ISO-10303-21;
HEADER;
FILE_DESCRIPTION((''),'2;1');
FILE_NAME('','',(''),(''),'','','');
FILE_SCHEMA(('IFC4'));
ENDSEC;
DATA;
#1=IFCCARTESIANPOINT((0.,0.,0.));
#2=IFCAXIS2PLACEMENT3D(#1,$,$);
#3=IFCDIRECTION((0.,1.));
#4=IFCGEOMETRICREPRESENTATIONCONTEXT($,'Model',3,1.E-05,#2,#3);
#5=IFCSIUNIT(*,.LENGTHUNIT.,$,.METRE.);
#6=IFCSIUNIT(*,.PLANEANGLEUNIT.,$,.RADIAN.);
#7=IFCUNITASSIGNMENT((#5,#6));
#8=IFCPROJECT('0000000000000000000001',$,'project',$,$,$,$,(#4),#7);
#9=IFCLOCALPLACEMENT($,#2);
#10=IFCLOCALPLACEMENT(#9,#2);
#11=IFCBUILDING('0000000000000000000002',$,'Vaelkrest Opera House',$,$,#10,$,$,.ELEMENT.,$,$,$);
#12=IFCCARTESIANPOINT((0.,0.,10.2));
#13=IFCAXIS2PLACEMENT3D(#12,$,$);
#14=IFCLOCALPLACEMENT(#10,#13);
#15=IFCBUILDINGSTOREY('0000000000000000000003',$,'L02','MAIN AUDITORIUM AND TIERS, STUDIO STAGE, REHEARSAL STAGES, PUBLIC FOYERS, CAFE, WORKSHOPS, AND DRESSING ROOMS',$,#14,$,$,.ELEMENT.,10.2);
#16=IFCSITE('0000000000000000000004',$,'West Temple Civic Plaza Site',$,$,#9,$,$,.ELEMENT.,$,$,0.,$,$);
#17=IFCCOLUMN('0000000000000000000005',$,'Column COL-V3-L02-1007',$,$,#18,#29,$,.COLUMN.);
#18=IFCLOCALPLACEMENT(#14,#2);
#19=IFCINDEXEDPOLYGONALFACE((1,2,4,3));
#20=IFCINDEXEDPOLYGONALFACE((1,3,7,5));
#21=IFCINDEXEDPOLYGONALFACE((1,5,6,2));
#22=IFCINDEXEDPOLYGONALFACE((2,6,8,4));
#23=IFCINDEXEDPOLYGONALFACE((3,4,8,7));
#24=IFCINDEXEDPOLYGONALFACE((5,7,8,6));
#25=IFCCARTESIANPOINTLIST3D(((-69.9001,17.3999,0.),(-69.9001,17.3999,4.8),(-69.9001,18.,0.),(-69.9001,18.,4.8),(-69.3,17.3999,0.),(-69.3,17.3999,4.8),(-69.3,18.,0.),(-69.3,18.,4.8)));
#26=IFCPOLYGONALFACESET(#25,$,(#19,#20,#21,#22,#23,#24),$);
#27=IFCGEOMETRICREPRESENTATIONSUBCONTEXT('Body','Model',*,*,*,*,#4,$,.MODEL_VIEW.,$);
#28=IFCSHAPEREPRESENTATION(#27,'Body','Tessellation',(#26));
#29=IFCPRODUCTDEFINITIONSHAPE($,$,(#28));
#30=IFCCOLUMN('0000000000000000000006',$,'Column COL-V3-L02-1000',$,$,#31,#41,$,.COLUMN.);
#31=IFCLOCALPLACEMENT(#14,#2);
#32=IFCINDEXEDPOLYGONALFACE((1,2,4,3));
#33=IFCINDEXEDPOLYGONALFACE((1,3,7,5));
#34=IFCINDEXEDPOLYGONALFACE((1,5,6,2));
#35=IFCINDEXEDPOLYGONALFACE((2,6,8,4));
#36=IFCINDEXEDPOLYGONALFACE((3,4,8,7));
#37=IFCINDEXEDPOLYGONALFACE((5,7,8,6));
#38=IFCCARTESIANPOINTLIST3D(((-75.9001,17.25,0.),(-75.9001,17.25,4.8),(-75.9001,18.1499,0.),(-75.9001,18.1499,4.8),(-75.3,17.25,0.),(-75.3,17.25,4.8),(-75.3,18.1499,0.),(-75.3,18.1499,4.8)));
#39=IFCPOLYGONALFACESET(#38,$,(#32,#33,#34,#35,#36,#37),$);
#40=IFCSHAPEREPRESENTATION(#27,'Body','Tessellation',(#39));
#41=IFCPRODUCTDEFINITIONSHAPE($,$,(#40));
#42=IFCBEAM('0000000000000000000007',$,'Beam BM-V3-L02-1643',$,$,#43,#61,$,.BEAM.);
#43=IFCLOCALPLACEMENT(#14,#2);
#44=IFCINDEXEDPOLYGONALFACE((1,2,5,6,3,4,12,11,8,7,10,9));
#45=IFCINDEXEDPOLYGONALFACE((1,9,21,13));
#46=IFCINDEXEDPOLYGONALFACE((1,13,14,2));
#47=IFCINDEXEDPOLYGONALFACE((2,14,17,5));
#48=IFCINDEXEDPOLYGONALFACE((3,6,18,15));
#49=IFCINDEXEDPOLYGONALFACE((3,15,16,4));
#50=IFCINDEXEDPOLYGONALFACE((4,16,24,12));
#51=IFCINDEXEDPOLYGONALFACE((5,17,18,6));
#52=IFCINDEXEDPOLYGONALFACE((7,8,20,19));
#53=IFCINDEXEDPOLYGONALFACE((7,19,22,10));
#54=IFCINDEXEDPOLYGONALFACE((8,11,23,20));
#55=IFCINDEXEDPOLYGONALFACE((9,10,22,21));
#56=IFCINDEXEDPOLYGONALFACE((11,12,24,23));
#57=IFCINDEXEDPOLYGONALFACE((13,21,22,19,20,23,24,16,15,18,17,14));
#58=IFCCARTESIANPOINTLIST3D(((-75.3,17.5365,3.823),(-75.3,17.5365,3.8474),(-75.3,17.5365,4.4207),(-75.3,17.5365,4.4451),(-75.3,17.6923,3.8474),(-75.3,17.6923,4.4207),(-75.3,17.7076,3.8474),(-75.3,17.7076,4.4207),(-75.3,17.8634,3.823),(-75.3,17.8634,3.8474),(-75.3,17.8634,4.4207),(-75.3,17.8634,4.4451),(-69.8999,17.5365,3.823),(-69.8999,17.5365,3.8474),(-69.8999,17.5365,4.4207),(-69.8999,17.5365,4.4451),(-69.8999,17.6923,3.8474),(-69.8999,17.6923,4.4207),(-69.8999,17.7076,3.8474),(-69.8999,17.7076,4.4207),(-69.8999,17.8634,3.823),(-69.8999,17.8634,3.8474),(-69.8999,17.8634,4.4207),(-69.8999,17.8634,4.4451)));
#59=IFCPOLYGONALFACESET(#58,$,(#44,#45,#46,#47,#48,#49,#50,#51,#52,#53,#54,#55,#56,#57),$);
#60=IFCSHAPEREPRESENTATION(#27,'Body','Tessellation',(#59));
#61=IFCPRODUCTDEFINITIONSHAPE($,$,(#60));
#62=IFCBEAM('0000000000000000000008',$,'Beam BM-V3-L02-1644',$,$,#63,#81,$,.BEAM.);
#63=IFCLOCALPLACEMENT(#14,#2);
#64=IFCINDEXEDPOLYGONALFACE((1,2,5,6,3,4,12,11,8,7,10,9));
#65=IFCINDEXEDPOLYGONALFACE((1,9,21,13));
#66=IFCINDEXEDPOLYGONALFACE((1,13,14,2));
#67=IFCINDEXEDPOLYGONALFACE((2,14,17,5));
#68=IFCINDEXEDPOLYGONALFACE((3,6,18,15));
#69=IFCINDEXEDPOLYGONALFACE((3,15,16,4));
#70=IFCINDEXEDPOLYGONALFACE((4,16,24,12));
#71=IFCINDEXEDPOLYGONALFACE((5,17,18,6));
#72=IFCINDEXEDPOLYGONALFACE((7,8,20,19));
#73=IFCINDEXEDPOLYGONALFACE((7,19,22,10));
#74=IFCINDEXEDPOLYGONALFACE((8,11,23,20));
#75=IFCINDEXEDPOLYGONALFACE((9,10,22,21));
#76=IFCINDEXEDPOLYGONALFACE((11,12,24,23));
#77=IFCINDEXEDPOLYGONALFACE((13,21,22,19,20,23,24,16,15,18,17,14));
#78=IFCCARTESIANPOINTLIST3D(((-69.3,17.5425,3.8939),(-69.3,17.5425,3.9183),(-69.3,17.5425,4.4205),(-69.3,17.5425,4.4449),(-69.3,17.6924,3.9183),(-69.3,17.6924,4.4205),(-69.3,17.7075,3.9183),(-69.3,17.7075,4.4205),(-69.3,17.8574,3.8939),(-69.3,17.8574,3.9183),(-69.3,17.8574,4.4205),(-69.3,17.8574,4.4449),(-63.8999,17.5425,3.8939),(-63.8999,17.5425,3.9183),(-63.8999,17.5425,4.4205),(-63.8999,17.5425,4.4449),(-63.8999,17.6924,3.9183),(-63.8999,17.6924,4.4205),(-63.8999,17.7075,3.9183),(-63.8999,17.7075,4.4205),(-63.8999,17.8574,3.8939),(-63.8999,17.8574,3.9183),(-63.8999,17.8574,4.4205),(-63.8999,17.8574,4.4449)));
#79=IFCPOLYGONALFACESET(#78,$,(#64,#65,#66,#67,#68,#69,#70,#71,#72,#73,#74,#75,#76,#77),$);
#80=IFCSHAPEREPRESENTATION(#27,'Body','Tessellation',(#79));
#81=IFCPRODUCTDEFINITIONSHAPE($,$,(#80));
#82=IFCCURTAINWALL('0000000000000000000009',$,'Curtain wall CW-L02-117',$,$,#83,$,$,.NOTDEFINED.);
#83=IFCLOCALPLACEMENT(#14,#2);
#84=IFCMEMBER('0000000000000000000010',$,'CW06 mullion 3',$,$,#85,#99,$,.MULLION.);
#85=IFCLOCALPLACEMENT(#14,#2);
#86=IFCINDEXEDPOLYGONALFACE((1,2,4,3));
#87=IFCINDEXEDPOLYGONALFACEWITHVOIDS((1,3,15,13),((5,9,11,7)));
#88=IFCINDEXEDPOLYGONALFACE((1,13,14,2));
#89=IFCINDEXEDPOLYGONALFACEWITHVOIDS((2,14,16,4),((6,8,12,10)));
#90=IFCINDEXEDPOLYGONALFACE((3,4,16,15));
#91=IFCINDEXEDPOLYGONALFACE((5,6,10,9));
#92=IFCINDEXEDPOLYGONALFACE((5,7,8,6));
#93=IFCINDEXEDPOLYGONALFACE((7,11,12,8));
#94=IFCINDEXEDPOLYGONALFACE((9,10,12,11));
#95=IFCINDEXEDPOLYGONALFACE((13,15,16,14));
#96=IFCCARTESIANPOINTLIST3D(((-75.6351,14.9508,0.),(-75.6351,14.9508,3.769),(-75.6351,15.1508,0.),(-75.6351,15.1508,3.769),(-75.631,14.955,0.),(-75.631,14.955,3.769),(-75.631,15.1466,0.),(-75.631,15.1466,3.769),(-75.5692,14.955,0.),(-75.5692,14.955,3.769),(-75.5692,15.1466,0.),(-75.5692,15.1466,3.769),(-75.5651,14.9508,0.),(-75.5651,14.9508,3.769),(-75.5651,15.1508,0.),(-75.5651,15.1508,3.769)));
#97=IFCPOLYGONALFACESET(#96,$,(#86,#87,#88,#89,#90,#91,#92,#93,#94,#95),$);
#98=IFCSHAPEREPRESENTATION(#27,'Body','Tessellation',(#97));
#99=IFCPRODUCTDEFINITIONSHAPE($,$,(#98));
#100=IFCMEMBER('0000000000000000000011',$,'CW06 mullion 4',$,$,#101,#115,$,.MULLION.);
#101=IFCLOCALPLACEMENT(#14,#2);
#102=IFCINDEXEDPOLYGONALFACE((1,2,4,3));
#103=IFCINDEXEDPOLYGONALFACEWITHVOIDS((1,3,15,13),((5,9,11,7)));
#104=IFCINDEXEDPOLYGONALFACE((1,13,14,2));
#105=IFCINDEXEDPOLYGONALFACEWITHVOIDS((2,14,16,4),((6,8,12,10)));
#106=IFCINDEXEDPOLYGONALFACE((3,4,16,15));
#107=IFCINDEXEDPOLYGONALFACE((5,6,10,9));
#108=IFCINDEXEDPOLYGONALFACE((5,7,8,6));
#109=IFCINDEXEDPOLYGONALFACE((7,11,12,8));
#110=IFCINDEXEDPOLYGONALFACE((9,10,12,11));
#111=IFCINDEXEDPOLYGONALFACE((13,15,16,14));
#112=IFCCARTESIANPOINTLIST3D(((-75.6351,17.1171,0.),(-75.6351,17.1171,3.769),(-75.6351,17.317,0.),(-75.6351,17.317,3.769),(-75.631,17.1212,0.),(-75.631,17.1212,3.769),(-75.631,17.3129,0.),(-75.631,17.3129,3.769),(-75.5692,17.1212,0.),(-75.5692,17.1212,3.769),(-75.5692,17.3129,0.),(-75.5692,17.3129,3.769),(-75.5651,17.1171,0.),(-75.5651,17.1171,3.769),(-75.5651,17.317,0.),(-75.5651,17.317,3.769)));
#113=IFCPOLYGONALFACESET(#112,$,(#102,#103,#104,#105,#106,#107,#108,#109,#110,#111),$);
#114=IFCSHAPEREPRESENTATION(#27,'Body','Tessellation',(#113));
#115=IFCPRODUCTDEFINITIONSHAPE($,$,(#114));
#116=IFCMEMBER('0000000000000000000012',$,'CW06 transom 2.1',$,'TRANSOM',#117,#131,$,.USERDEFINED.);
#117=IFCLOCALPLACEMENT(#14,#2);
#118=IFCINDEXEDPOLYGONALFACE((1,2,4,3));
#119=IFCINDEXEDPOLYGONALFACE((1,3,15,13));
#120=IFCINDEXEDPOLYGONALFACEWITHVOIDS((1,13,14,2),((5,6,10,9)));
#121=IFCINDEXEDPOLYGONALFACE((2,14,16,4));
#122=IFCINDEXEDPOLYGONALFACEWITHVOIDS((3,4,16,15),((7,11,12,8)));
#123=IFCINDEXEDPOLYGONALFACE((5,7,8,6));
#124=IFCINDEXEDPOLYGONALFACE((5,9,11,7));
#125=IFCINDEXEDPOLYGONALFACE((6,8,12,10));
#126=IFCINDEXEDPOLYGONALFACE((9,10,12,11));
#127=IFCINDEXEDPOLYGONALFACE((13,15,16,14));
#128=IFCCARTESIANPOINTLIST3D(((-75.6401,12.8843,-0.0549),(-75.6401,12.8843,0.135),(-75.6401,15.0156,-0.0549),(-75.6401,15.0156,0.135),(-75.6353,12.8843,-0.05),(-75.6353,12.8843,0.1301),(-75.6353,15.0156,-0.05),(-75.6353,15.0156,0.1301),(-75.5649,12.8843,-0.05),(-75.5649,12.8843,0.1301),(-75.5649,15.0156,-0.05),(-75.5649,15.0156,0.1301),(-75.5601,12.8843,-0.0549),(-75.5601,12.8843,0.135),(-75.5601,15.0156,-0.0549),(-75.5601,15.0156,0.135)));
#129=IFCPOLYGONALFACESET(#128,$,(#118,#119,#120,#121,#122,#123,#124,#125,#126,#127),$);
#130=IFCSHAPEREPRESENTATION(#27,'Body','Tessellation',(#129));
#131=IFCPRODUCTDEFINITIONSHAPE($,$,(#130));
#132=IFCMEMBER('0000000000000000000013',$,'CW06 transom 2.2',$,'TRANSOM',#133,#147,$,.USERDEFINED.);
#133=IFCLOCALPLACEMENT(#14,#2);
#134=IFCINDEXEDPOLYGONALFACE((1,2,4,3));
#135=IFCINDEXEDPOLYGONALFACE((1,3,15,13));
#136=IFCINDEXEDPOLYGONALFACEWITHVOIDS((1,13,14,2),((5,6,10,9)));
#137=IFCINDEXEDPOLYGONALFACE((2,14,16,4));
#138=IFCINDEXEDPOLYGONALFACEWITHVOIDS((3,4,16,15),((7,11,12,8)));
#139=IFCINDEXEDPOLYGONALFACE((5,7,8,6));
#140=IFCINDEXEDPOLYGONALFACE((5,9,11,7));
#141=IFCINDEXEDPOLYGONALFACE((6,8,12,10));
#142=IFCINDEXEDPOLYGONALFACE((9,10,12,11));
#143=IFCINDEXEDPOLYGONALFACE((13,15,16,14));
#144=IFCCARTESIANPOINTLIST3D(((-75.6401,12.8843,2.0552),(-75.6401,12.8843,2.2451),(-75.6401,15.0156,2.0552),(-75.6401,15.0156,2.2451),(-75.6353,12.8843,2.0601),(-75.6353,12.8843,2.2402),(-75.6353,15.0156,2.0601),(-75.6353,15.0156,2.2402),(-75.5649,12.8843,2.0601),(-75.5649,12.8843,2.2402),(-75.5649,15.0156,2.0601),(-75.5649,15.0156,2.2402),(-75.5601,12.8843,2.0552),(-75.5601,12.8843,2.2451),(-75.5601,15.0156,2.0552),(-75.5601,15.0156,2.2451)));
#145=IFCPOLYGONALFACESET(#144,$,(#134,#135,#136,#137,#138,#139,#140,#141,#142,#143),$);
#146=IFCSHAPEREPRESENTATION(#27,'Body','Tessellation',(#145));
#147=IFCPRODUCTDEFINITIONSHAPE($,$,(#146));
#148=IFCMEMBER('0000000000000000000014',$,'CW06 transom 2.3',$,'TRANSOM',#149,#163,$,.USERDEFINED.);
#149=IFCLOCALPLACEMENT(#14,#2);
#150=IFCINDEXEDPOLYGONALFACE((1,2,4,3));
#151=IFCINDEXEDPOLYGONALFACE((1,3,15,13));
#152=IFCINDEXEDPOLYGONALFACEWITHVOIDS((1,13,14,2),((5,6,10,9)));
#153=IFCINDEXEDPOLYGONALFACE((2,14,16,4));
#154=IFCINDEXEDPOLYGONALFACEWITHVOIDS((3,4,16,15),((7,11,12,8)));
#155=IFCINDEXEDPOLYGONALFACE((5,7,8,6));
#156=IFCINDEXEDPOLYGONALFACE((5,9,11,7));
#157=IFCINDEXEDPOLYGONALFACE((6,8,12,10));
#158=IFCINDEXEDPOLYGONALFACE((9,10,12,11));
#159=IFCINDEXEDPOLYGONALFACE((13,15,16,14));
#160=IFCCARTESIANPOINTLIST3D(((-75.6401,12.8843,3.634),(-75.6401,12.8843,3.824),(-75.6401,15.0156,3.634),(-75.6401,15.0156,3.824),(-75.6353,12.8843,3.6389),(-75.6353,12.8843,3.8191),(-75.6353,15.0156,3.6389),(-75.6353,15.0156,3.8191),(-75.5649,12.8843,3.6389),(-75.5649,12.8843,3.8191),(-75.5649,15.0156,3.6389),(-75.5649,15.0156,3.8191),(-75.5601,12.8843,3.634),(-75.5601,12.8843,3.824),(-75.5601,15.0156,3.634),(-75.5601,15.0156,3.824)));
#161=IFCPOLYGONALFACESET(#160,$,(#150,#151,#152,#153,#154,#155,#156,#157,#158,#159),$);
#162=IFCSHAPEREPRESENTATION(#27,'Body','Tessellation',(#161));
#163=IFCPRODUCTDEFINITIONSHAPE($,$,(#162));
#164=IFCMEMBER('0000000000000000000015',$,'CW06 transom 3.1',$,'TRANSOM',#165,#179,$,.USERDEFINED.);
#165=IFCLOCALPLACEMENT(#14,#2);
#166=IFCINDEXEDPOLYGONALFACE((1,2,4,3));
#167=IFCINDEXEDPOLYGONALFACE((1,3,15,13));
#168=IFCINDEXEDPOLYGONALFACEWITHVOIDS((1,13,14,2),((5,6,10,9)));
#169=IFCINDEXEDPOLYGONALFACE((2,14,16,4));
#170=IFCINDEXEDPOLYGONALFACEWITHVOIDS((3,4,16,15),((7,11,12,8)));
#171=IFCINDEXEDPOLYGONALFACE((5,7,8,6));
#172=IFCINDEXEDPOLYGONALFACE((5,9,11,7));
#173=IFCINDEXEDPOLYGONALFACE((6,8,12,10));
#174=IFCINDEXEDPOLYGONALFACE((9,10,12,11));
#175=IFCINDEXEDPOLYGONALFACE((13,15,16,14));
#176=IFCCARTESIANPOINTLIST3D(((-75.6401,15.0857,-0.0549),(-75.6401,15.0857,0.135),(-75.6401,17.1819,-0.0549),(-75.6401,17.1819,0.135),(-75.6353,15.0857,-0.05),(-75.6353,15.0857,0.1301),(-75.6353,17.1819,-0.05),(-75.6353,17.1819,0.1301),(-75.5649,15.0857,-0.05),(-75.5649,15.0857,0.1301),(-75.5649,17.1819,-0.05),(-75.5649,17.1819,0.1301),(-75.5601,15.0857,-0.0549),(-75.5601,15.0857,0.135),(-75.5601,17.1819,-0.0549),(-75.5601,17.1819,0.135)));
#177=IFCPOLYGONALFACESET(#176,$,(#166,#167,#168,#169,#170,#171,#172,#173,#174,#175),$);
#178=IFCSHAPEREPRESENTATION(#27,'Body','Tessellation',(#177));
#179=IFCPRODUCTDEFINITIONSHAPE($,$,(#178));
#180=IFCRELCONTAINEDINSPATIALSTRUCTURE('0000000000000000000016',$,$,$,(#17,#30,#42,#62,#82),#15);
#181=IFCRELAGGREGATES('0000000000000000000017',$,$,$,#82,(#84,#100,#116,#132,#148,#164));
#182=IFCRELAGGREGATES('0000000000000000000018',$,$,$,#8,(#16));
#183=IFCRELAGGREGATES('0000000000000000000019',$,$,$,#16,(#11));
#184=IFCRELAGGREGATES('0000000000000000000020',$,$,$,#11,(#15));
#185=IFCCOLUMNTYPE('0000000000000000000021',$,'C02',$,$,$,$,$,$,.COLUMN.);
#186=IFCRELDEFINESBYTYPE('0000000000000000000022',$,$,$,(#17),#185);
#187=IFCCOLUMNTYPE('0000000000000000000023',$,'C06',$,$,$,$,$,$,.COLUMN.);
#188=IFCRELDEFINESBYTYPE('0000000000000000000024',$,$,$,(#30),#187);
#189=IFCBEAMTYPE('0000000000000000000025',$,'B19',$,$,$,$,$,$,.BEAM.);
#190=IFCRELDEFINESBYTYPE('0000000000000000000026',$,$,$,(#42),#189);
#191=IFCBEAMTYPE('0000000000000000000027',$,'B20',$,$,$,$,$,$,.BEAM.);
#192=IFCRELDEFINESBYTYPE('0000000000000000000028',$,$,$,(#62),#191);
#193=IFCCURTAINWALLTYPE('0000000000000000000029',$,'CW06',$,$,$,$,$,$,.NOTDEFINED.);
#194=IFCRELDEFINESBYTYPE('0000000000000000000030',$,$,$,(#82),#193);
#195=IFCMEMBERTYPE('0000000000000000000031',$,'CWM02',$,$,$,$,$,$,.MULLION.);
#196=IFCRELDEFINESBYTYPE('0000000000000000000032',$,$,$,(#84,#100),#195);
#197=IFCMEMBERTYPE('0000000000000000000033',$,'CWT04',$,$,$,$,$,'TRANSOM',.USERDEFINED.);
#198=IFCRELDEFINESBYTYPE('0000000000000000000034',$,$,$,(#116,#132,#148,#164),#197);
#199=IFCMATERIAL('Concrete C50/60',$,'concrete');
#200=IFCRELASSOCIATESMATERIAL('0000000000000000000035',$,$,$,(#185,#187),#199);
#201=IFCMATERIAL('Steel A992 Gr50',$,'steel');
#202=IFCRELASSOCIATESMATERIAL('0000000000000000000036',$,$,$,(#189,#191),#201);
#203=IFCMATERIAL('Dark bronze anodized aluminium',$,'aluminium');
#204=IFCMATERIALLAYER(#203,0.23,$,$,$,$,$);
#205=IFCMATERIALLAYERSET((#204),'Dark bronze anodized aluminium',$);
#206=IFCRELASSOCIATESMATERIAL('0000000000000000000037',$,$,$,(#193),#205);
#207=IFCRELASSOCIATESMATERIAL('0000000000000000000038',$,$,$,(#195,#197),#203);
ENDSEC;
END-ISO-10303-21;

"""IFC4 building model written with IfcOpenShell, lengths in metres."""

from ifc_helpers import new_model, si_unit, direction, frame, origin, origin_2d, place, context, subcontext, project, spatial, rectangle, hollow_rectangle, i_section, extrude, material, layer, layer_set, material_profile, profile_set, type_object, element, aggregate, save


model = new_model("IFC4")

# Units and contexts
model_context = context("Model", 3, precision=1e-05, world=origin(), true_north=direction((0.0, 1.0)))
body_context = subcontext(model_context, "Body", "Model", "MODEL_VIEW")
ifc_project = project(units=[si_unit("LENGTHUNIT", "METRE"), si_unit("PLANEANGLEUNIT", "RADIAN")], contexts=[model_context])

# Site, building, storey
site_placement = place(None, origin())
site = spatial("IfcSite", under=ifc_project, at=site_placement, Name="West Temple Civic Plaza Site", CompositionType="ELEMENT", RefElevation=0.0)
building_placement = place(site_placement, origin())
building = spatial("IfcBuilding", under=site, at=building_placement, Name="Vaelkrest Opera House", CompositionType="ELEMENT")
storey_placement = place(building_placement, frame((0.0, 0.0, 10.2)))
storey = spatial("IfcBuildingStorey", under=building, at=storey_placement, Name="L02", Description="MAIN AUDITORIUM AND TIERS, STUDIO STAGE, REHEARSAL STAGES, PUBLIC FOYERS, CAFE, WORKSHOPS, AND DRESSING ROOMS", CompositionType="ELEMENT", Elevation=10.2)

# Columns
ifc_material_1 = material(Name="Concrete C50/60", Category="concrete")
ifc_material_profile_1 = material_profile(ifc_material_1, rectangle(XDim=0.6001, YDim=0.6001, at=origin_2d()), Name="RC600X600")
ifc_profile_set_1 = profile_set([ifc_material_profile_1], Name="Concrete C50/60")
column_type_1 = type_object("IfcColumnType", Name="C02", PredefinedType="COLUMN", material=ifc_profile_set_1)
column_1_placement = place(storey_placement, frame((-69.6001, 17.7, 0.0), z_axis=(0.0, 0.0, 1.0), x_axis=(1.0, 0.0, 0.0)))
element("IfcColumn", 1, at=column_1_placement, inside=storey, type_object=column_type_1, Name="Column COL-V3-L02-1007", PredefinedType="COLUMN", context=body_context, shape_type="SweptSolid", body=[
    extrude(rectangle(XDim=0.6001, YDim=0.6001, at=origin_2d()), origin(), (0.0, 0.0, 1.0), 4.8),
])
ifc_material_profile_2 = material_profile(ifc_material_1, rectangle(XDim=0.6001, YDim=0.8999, at=origin_2d()), Name="RC600X900")
ifc_profile_set_2 = profile_set([ifc_material_profile_2], Name="Concrete C50/60")
column_type_2 = type_object("IfcColumnType", Name="C06", PredefinedType="COLUMN", material=ifc_profile_set_2)
column_2_placement = place(storey_placement, frame((-75.6001, 17.7, 0.0), z_axis=(0.0, 0.0, 1.0), x_axis=(1.0, 0.0, 0.0)))
element("IfcColumn", 2, at=column_2_placement, inside=storey, type_object=column_type_2, Name="Column COL-V3-L02-1000", PredefinedType="COLUMN", context=body_context, shape_type="SweptSolid", body=[
    extrude(rectangle(XDim=0.6001, YDim=0.8999, at=origin_2d()), origin(), (0.0, 0.0, 1.0), 4.8),
])

# Beams
ifc_material_2 = material(Name="Steel A992 Gr50", Category="steel")
ifc_material_profile_3 = material_profile(ifc_material_2, i_section(OverallWidth=0.3269, OverallDepth=0.6221, WebThickness=0.0154, FlangeThickness=0.0244, at=origin_2d()), Name="W24X131")
ifc_profile_set_3 = profile_set([ifc_material_profile_3], Name="Steel A992 Gr50")
beam_type_1 = type_object("IfcBeamType", Name="B19", PredefinedType="BEAM", material=ifc_profile_set_3)
beam_1_placement = place(storey_placement, frame((-75.3, 17.7, 4.134), z_axis=(1.0, 0.0, 0.0), x_axis=(0.0, 1.0, 0.0)))
element("IfcBeam", 3, at=beam_1_placement, inside=storey, type_object=beam_type_1, Name="Beam BM-V3-L02-1643", PredefinedType="BEAM", context=body_context, shape_type="SweptSolid", body=[
    extrude(i_section(OverallWidth=0.3269, OverallDepth=0.6221, WebThickness=0.0154, FlangeThickness=0.0244, at=origin_2d()), origin(), (0.0, 0.0, 1.0), 5.4001),
])
ifc_material_profile_4 = material_profile(ifc_material_2, i_section(OverallWidth=0.3149, OverallDepth=0.551, WebThickness=0.0151, FlangeThickness=0.0244, at=origin_2d()), Name="W21X122")
ifc_profile_set_4 = profile_set([ifc_material_profile_4], Name="Steel A992 Gr50")
beam_type_2 = type_object("IfcBeamType", Name="B20", PredefinedType="BEAM", material=ifc_profile_set_4)
beam_2_placement = place(storey_placement, frame((-69.3, 17.7, 4.1694), z_axis=(1.0, 0.0, 0.0), x_axis=(0.0, 1.0, 0.0)))
element("IfcBeam", 4, at=beam_2_placement, inside=storey, type_object=beam_type_2, Name="Beam BM-V3-L02-1644", PredefinedType="BEAM", context=body_context, shape_type="SweptSolid", body=[
    extrude(i_section(OverallWidth=0.3149, OverallDepth=0.551, WebThickness=0.0151, FlangeThickness=0.0244, at=origin_2d()), origin(), (0.0, 0.0, 1.0), 5.4001),
])

# Curtain wall, members
ifc_material_3 = material(Name="Dark bronze anodized aluminium", Category="aluminium")
ifc_layer_1 = layer(ifc_material_3, 0.23)
ifc_layer_set_1 = layer_set([ifc_layer_1], Name="Dark bronze anodized aluminium")
curtain_wall_type = type_object("IfcCurtainWallType", Name="CW06", PredefinedType="NOTDEFINED", material=ifc_layer_set_1)
curtain_wall_placement = place(storey_placement, origin())
curtain_wall = element("IfcCurtainWall", 5, at=curtain_wall_placement, inside=storey, type_object=curtain_wall_type, Name="Curtain wall CW-L02-117", PredefinedType="NOTDEFINED")
ifc_material_profile_5 = material_profile(ifc_material_3, hollow_rectangle(XDim=0.0701, YDim=0.2, WallThickness=0.0042, at=origin_2d()), Name="CWM70X200")
ifc_profile_set_5 = profile_set([ifc_material_profile_5], Name="Dark bronze anodized aluminium")
member_type_1 = type_object("IfcMemberType", Name="CWM02", PredefinedType="MULLION", material=ifc_profile_set_5)
member_1_placement = place(storey_placement, frame((-75.6001, 15.0508, 0.0), z_axis=(0.0, 0.0, 1.0), x_axis=(-1.0, 0.0, 0.0)))
member_1 = element("IfcMember", 6, at=member_1_placement, type_object=member_type_1, Name="CW06 mullion 3", PredefinedType="MULLION", context=body_context, shape_type="SweptSolid", body=[
    extrude(hollow_rectangle(XDim=0.0701, YDim=0.2, WallThickness=0.0042, at=origin_2d()), origin(), (0.0, 0.0, 1.0), 3.769),
])
member_2_placement = place(storey_placement, frame((-75.6001, 17.217, 0.0), z_axis=(0.0, 0.0, 1.0), x_axis=(-1.0, 0.0, 0.0)))
member_2 = element("IfcMember", 7, at=member_2_placement, type_object=member_type_1, Name="CW06 mullion 4", PredefinedType="MULLION", context=body_context, shape_type="SweptSolid", body=[
    extrude(hollow_rectangle(XDim=0.0701, YDim=0.2, WallThickness=0.0042, at=origin_2d()), origin(), (0.0, 0.0, 1.0), 3.769),
])
ifc_material_profile_6 = material_profile(ifc_material_3, hollow_rectangle(XDim=0.0801, YDim=0.1899, WallThickness=0.0049, at=origin_2d()), Name="CWT80X190")
ifc_profile_set_6 = profile_set([ifc_material_profile_6], Name="Dark bronze anodized aluminium")
member_type_2 = type_object("IfcMemberType", Name="CWT04", ElementType="TRANSOM", PredefinedType="USERDEFINED", material=ifc_profile_set_6)
member_3_placement = place(storey_placement, frame((-75.6001, 12.8843, 0.04), z_axis=(0.0, 1.0, 0.0), x_axis=(-1.0, 0.0, 0.0)))
member_3 = element("IfcMember", 8, at=member_3_placement, type_object=member_type_2, Name="CW06 transom 2.1", ObjectType="TRANSOM", PredefinedType="USERDEFINED", context=body_context, shape_type="SweptSolid", body=[
    extrude(hollow_rectangle(XDim=0.0801, YDim=0.1899, WallThickness=0.0049, at=origin_2d()), origin(), (0.0, 0.0, 1.0), 2.1313),
])
member_4_placement = place(storey_placement, frame((-75.6001, 12.8843, 2.1501), z_axis=(0.0, 1.0, 0.0), x_axis=(-1.0, 0.0, 0.0)))
member_4 = element("IfcMember", 9, at=member_4_placement, type_object=member_type_2, Name="CW06 transom 2.2", ObjectType="TRANSOM", PredefinedType="USERDEFINED", context=body_context, shape_type="SweptSolid", body=[
    extrude(hollow_rectangle(XDim=0.0801, YDim=0.1899, WallThickness=0.0049, at=origin_2d()), origin(), (0.0, 0.0, 1.0), 2.1313),
])
member_5_placement = place(storey_placement, frame((-75.6001, 12.8843, 3.729), z_axis=(0.0, 1.0, 0.0), x_axis=(-1.0, 0.0, 0.0)))
member_5 = element("IfcMember", 10, at=member_5_placement, type_object=member_type_2, Name="CW06 transom 2.3", ObjectType="TRANSOM", PredefinedType="USERDEFINED", context=body_context, shape_type="SweptSolid", body=[
    extrude(hollow_rectangle(XDim=0.0801, YDim=0.1899, WallThickness=0.0049, at=origin_2d()), origin(), (0.0, 0.0, 1.0), 2.1313),
])
member_6_placement = place(storey_placement, frame((-75.6001, 15.0857, 0.04), z_axis=(0.0, 1.0, 0.0), x_axis=(-1.0, 0.0, 0.0)))
member_6 = element("IfcMember", 11, at=member_6_placement, type_object=member_type_2, Name="CW06 transom 3.1", ObjectType="TRANSOM", PredefinedType="USERDEFINED", context=body_context, shape_type="SweptSolid", body=[
    extrude(hollow_rectangle(XDim=0.0801, YDim=0.1899, WallThickness=0.0049, at=origin_2d()), origin(), (0.0, 0.0, 1.0), 2.0962),
])

aggregate(curtain_wall, [member_1, member_2, member_3, member_4, member_5, member_6])

save(model, "model.ifc")
